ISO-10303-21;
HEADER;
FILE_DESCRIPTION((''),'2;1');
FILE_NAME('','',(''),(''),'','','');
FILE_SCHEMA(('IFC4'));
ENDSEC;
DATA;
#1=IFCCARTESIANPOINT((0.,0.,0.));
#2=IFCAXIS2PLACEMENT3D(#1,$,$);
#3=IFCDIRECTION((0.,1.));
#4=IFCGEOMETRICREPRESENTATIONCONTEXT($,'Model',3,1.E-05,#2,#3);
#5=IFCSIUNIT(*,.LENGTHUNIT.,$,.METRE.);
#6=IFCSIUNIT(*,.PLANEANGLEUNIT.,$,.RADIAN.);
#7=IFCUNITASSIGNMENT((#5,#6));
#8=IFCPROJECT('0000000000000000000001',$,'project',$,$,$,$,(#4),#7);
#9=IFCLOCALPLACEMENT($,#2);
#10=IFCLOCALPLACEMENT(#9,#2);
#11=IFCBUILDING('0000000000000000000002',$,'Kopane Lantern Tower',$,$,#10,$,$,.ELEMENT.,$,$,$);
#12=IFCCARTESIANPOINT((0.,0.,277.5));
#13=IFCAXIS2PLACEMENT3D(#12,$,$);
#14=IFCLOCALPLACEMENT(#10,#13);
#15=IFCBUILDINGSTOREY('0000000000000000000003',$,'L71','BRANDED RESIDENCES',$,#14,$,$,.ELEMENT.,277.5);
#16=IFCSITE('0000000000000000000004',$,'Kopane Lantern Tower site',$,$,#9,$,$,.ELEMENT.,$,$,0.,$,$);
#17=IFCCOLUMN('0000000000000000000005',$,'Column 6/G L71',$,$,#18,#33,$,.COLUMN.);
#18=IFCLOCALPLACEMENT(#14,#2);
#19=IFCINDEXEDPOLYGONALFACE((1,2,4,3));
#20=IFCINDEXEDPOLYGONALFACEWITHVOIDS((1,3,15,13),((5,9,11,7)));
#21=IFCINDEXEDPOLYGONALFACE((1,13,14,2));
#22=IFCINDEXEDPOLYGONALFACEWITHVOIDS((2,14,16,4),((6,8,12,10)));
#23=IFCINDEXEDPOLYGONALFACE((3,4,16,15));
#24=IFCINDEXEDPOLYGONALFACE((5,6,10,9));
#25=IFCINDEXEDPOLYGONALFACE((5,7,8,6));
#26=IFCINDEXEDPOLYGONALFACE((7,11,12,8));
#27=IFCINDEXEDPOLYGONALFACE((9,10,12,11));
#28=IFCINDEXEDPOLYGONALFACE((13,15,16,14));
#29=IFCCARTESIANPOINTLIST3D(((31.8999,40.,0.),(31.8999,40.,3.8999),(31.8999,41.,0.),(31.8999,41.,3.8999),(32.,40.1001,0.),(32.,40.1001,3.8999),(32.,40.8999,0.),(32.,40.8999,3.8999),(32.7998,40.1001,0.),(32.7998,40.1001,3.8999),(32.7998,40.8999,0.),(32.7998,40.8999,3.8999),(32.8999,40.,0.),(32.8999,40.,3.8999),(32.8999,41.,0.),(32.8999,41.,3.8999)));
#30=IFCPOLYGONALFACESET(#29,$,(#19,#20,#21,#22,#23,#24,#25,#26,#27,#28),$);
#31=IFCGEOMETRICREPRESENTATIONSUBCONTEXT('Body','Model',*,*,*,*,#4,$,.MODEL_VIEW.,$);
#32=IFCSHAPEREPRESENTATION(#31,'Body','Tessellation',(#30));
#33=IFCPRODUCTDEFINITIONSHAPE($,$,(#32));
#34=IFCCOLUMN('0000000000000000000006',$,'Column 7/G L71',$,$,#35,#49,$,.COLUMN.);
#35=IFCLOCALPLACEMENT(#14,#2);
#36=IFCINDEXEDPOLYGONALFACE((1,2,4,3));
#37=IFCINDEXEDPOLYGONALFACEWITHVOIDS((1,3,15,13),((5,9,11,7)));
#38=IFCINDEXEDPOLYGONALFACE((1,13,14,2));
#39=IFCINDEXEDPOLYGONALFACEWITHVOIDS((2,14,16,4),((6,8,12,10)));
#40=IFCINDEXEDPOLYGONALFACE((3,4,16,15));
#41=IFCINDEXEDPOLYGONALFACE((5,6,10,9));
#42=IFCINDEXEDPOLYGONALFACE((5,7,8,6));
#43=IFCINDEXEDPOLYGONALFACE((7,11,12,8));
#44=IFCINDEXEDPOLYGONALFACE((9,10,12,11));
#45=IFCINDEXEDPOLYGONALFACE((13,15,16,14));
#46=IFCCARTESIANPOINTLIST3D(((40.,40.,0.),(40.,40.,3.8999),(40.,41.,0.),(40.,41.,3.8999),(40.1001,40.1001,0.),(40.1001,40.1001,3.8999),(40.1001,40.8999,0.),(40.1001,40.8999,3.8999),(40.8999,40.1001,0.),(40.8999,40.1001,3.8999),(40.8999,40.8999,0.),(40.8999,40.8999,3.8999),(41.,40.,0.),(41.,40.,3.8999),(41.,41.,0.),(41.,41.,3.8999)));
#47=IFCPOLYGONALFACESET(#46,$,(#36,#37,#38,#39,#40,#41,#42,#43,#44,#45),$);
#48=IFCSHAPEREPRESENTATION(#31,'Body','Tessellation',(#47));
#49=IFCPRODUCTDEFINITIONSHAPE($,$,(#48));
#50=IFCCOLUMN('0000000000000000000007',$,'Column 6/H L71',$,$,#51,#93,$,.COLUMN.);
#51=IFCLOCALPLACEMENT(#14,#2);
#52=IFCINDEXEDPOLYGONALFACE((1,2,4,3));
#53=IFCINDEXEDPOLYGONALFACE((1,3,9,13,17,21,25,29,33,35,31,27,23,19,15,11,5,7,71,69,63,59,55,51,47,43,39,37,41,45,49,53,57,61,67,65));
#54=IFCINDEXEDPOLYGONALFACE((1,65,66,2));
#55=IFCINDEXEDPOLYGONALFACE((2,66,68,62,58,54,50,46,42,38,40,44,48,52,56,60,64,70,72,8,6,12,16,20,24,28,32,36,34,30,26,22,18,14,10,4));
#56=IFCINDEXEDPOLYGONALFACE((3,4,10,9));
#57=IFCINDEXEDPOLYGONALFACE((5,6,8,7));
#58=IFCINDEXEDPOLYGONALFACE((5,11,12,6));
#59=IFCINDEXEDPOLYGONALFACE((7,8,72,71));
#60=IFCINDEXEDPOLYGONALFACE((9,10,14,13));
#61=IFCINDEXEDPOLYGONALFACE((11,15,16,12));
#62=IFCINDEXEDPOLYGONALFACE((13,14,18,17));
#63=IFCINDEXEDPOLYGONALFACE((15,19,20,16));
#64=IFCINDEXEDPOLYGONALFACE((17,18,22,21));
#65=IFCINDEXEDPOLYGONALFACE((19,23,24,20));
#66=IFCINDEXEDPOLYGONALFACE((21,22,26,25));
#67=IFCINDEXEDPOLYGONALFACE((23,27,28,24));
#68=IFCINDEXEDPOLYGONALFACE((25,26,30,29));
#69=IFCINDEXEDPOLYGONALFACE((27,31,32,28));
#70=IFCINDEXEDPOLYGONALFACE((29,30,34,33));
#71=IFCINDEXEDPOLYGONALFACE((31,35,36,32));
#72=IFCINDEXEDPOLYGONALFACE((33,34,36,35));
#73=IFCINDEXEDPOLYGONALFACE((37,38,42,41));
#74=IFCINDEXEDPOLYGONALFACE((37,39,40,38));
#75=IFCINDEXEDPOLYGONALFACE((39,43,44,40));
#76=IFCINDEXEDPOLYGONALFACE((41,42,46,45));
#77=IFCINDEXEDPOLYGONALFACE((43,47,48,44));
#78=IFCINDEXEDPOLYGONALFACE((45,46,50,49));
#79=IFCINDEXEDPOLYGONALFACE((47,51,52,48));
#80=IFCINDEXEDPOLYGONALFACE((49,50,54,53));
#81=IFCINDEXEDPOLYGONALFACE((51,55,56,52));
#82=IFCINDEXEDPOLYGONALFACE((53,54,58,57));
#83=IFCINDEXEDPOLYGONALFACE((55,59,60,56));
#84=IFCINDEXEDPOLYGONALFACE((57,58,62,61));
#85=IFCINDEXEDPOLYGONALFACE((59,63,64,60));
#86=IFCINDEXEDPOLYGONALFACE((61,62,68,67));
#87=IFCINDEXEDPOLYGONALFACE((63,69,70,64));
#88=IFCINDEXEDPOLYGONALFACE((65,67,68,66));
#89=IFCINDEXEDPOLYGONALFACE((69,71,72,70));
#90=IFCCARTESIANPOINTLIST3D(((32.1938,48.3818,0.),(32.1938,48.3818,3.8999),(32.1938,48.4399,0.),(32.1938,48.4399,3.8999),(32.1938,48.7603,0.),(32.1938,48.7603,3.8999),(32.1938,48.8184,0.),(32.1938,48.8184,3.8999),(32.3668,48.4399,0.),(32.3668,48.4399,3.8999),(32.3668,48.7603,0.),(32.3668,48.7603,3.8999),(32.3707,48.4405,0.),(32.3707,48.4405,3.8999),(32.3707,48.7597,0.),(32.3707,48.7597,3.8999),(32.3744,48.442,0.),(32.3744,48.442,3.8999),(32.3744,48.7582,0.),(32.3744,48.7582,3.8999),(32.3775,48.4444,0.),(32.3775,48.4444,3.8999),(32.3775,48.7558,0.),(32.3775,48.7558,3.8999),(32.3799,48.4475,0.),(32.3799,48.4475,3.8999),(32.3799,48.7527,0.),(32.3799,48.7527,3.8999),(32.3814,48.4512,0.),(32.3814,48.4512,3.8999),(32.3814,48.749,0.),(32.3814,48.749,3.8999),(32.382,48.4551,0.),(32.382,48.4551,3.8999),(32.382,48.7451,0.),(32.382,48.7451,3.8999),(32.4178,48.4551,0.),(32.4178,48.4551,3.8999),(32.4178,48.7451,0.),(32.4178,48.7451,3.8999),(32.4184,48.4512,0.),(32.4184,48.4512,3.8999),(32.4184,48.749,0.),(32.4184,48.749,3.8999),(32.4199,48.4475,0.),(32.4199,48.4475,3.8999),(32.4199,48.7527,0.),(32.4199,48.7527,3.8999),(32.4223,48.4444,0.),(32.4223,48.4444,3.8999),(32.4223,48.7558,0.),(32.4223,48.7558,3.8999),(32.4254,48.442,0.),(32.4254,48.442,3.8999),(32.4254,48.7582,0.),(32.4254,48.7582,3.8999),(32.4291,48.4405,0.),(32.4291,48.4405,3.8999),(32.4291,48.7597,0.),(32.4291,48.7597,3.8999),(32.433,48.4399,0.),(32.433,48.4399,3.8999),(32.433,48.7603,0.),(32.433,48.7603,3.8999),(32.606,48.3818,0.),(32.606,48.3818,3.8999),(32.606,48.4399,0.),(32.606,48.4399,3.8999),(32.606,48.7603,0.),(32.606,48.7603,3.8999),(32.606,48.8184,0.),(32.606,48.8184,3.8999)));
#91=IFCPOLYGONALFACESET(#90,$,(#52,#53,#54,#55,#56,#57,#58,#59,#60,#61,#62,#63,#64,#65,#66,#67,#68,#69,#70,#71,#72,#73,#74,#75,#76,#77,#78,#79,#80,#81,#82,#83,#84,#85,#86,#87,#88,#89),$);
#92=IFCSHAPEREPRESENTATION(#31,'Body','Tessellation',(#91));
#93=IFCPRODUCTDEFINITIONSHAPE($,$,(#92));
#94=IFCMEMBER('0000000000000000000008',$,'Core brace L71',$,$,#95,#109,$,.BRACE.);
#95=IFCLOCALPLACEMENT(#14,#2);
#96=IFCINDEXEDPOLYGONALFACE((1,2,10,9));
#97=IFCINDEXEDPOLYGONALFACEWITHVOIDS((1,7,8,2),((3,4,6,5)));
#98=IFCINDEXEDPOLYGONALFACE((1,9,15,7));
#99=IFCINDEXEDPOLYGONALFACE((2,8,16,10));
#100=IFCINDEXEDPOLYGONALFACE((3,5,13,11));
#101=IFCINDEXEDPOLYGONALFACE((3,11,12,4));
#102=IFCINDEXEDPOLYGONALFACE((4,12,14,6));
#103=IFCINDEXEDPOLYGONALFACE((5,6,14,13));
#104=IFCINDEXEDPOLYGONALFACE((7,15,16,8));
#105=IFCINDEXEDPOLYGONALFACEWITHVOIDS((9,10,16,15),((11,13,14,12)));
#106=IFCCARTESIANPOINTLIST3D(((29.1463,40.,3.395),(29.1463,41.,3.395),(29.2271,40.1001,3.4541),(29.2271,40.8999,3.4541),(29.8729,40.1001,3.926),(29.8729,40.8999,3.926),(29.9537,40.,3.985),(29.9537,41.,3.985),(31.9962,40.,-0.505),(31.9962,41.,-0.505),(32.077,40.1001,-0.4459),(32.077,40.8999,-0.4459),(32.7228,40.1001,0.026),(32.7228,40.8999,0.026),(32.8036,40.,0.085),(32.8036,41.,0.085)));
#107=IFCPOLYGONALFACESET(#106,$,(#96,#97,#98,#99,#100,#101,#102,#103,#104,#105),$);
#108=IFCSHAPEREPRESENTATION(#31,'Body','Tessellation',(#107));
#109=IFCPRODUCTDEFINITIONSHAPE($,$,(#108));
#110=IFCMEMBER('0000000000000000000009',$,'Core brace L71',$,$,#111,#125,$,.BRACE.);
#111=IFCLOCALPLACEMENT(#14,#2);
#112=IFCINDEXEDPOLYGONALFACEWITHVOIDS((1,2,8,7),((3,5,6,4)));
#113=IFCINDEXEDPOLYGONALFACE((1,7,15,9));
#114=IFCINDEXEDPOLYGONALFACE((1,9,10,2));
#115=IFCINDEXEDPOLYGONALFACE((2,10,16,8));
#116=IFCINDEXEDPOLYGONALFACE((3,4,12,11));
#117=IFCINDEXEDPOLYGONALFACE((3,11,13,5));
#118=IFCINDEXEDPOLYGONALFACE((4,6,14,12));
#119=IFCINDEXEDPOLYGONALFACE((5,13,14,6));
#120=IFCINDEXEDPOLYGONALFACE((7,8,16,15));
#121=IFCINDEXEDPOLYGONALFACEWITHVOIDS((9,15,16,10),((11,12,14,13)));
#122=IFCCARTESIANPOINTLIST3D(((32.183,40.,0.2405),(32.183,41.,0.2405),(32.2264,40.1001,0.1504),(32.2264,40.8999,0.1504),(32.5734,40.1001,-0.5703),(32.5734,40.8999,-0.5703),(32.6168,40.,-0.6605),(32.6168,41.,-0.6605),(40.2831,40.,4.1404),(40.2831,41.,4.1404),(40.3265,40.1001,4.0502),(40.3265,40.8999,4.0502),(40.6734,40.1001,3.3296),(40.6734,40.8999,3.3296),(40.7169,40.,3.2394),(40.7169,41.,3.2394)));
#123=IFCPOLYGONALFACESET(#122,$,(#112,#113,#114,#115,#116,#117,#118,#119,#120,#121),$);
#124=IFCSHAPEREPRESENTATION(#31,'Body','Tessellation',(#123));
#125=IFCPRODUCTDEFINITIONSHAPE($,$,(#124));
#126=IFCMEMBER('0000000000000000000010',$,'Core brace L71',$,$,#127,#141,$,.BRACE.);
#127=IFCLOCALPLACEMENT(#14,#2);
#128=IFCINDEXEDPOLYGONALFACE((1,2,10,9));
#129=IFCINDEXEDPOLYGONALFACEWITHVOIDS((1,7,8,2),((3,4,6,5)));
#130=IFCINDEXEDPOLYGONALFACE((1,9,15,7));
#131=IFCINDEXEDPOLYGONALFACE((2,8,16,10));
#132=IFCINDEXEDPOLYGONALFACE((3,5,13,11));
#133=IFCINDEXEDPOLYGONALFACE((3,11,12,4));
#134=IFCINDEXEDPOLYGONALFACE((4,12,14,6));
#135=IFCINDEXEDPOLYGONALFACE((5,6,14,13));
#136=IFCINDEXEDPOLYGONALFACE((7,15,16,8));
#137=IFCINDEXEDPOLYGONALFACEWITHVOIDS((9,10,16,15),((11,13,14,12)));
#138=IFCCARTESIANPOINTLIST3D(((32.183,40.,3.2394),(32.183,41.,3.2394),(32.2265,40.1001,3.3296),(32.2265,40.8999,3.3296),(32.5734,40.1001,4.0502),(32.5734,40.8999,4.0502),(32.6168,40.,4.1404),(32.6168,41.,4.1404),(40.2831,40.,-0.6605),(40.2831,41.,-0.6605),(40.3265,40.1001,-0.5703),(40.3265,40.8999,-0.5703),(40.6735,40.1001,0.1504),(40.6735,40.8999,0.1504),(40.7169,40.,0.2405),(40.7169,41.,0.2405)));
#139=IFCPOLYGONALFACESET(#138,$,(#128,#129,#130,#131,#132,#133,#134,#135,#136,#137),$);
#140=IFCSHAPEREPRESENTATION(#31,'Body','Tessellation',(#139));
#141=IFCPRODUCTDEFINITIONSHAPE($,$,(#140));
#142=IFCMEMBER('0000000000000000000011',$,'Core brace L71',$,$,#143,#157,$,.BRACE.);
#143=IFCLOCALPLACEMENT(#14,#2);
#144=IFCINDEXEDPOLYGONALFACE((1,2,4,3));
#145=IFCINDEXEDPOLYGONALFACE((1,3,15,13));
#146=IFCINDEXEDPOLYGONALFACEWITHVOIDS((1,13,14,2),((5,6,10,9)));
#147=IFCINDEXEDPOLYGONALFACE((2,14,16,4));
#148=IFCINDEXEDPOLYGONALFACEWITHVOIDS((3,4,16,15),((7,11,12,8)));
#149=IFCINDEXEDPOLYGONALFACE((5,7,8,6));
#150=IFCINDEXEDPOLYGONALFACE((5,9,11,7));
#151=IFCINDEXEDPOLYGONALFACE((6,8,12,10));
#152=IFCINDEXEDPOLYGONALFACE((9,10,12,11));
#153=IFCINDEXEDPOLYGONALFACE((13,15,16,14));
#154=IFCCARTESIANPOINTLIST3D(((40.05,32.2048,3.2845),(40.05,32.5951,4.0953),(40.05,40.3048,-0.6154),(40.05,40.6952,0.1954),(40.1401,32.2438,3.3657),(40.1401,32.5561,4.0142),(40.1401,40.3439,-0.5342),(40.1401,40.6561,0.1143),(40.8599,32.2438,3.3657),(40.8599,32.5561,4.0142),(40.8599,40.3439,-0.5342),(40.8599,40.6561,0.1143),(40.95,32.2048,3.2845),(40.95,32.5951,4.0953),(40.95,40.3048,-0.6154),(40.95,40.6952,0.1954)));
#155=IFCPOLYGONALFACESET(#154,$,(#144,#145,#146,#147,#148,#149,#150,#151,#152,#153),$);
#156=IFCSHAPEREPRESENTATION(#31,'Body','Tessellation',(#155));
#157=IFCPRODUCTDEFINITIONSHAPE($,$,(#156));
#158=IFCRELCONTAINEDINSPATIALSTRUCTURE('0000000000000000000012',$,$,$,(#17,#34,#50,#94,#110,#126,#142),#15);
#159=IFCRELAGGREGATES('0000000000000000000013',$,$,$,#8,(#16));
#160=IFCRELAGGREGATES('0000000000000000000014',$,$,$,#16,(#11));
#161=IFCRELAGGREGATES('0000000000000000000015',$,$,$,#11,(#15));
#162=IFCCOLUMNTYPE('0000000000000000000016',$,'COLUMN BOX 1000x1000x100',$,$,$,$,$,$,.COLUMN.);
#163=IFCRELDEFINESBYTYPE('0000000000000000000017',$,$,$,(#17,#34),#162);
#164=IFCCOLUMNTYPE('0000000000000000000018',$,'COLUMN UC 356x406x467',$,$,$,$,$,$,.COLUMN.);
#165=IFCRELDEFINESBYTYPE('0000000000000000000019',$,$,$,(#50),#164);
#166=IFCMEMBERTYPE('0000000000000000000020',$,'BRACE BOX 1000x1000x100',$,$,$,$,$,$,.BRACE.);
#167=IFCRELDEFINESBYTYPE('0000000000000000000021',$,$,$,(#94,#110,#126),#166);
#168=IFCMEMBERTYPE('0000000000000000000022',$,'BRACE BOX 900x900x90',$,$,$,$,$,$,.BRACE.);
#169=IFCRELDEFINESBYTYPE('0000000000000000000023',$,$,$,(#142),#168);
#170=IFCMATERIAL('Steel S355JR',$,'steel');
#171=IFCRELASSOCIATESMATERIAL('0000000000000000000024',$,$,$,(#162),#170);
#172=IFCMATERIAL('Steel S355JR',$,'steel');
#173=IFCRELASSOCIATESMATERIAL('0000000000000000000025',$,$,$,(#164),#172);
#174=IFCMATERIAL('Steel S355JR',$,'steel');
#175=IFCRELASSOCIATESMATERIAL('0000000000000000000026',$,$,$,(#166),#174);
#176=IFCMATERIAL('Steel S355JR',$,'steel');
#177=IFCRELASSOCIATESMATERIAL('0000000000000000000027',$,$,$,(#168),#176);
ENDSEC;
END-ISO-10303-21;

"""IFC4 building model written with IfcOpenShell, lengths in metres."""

from ifc_helpers import new_model, si_unit, direction, frame, origin, origin_2d, place, context, subcontext, project, spatial, hollow_rectangle, i_section, extrude, material, material_profile, profile_set, type_object, element, save


model = new_model("IFC4")

# Units and contexts
model_context = context("Model", 3, precision=1e-05, world=origin(), true_north=direction((0.0, 1.0)))
body_context = subcontext(model_context, "Body", "Model", "MODEL_VIEW")
ifc_project = project(units=[si_unit("LENGTHUNIT", "METRE"), si_unit("PLANEANGLEUNIT", "RADIAN")], contexts=[model_context])

# Site, building, storey
site_placement = place(None, origin())
site = spatial("IfcSite", under=ifc_project, at=site_placement, Name="Kopane Lantern Tower site", CompositionType="ELEMENT", RefElevation=0.0)
building_placement = place(site_placement, origin())
building = spatial("IfcBuilding", under=site, at=building_placement, Name="Kopane Lantern Tower", CompositionType="ELEMENT")
storey_placement = place(building_placement, frame((0.0, 0.0, 277.5)))
storey = spatial("IfcBuildingStorey", under=building, at=storey_placement, Name="L71", Description="BRANDED RESIDENCES", CompositionType="ELEMENT", Elevation=277.5)

# Columns
ifc_material_1 = material(Name="Steel S355JR", Category="steel")
ifc_material_profile_1 = material_profile(ifc_material_1, hollow_rectangle(XDim=1.0, YDim=1.0, WallThickness=0.1001, at=origin_2d()), Name="BOX 1000x1000x100")
ifc_profile_set_1 = profile_set([ifc_material_profile_1], Name="Steel S355JR")
column_type_1 = type_object("IfcColumnType", Name="COLUMN BOX 1000x1000x100", PredefinedType="COLUMN", material=ifc_profile_set_1)
for number, where, z_axis, x_axis, name in (
    (1, (32.3999, 40.5, 0.0), (0.0, 0.0, 1.0), (1.0, 0.0, 0.0), "Column 6/G L71"),
    (2, (40.5, 40.5, 0.0), (0.0, 0.0, 1.0), (1.0, 0.0, 0.0), "Column 7/G L71"),
):
    element("IfcColumn", number, at=place(storey_placement, frame(where, z_axis=z_axis, x_axis=x_axis)), inside=storey, type_object=column_type_1, Name=name, PredefinedType="COLUMN", context=body_context, shape_type="SweptSolid", body=[
        extrude(hollow_rectangle(XDim=1.0, YDim=1.0, WallThickness=0.1001, at=origin_2d()), origin(), (0.0, 0.0, 1.0), 3.8999),
    ])
ifc_material_2 = material(Name="Steel S355JR", Category="steel")
ifc_material_profile_2 = material_profile(ifc_material_2, i_section(OverallWidth=0.4121, OverallDepth=0.4365, WebThickness=0.0359, FlangeThickness=0.0581, FilletRadius=0.0151, at=origin_2d()), Name="UC 356x406x467")
ifc_profile_set_2 = profile_set([ifc_material_profile_2], Name="Steel S355JR")
column_type_2 = type_object("IfcColumnType", Name="COLUMN UC 356x406x467", PredefinedType="COLUMN", material=ifc_profile_set_2)
column_placement = place(storey_placement, frame((32.3999, 48.6001, 0.0), z_axis=(0.0, 0.0, 1.0), x_axis=(1.0, 0.0, 0.0)))
element("IfcColumn", 3, at=column_placement, inside=storey, type_object=column_type_2, Name="Column 6/H L71", PredefinedType="COLUMN", context=body_context, shape_type="SweptSolid", body=[
    extrude(i_section(OverallWidth=0.4121, OverallDepth=0.4365, WebThickness=0.0359, FlangeThickness=0.0581, FilletRadius=0.0151, at=origin_2d()), origin(), (0.0, 0.0, 1.0), 3.8999),
])

# Members
ifc_material_3 = material(Name="Steel S355JR", Category="steel")
ifc_material_profile_3 = material_profile(ifc_material_3, hollow_rectangle(XDim=1.0, YDim=1.0, WallThickness=0.1001, at=origin_2d()), Name="BOX 1000x1000x100")
ifc_profile_set_3 = profile_set([ifc_material_profile_3], Name="Steel S355JR")
member_type_1 = type_object("IfcMemberType", Name="BRACE BOX 1000x1000x100", PredefinedType="BRACE", material=ifc_profile_set_3)
member_1_placement = place(storey_placement, frame((32.3999, 40.5, -0.21), z_axis=(-0.590006, 0.0, 0.807399), x_axis=(0.0, -1.0, 0.0)))
element("IfcMember", 4, at=member_1_placement, inside=storey, type_object=member_type_1, Name="Core brace L71", PredefinedType="BRACE", context=body_context, shape_type="SweptSolid", body=[
    extrude(hollow_rectangle(XDim=1.0, YDim=1.0, WallThickness=0.1001, at=origin_2d()), origin(), (0.0, 0.0, 1.0), 4.8303),
])
for number, where, z_axis, x_axis, name in (
    (5, (32.3999, 40.5, -0.21), (0.901008, 0.0, 0.433803), (0.0, 1.0, 0.0), "Core brace L71"),
    (6, (40.5, 40.5, -0.21), (-0.901008, 0.0, 0.433803), (0.0, -1.0, 0.0), "Core brace L71"),
):
    element("IfcMember", number, at=place(storey_placement, frame(where, z_axis=z_axis, x_axis=x_axis)), inside=storey, type_object=member_type_1, Name=name, PredefinedType="BRACE", context=body_context, shape_type="SweptSolid", body=[
        extrude(hollow_rectangle(XDim=1.0, YDim=1.0, WallThickness=0.1001, at=origin_2d()), origin(), (0.0, 0.0, 1.0), 8.99),
    ])
ifc_material_4 = material(Name="Steel S355JR", Category="steel")
ifc_material_profile_4 = material_profile(ifc_material_4, hollow_rectangle(XDim=0.8999, YDim=0.8999, WallThickness=0.0901, at=origin_2d()), Name="BOX 900x900x90")
ifc_profile_set_4 = profile_set([ifc_material_profile_4], Name="Steel S355JR")
member_type_2 = type_object("IfcMemberType", Name="BRACE BOX 900x900x90", PredefinedType="BRACE", material=ifc_profile_set_4)
member_2_placement = place(storey_placement, frame((40.5, 40.5, -0.21), z_axis=(0.0, -0.901008, 0.433803), x_axis=(1.0, 0.0, 0.0)))
element("IfcMember", 7, at=member_2_placement, inside=storey, type_object=member_type_2, Name="Core brace L71", PredefinedType="BRACE", context=body_context, shape_type="SweptSolid", body=[
    extrude(hollow_rectangle(XDim=0.8999, YDim=0.8999, WallThickness=0.0901, at=origin_2d()), origin(), (0.0, 0.0, 1.0), 8.99),
])

save(model, "model.ifc")
